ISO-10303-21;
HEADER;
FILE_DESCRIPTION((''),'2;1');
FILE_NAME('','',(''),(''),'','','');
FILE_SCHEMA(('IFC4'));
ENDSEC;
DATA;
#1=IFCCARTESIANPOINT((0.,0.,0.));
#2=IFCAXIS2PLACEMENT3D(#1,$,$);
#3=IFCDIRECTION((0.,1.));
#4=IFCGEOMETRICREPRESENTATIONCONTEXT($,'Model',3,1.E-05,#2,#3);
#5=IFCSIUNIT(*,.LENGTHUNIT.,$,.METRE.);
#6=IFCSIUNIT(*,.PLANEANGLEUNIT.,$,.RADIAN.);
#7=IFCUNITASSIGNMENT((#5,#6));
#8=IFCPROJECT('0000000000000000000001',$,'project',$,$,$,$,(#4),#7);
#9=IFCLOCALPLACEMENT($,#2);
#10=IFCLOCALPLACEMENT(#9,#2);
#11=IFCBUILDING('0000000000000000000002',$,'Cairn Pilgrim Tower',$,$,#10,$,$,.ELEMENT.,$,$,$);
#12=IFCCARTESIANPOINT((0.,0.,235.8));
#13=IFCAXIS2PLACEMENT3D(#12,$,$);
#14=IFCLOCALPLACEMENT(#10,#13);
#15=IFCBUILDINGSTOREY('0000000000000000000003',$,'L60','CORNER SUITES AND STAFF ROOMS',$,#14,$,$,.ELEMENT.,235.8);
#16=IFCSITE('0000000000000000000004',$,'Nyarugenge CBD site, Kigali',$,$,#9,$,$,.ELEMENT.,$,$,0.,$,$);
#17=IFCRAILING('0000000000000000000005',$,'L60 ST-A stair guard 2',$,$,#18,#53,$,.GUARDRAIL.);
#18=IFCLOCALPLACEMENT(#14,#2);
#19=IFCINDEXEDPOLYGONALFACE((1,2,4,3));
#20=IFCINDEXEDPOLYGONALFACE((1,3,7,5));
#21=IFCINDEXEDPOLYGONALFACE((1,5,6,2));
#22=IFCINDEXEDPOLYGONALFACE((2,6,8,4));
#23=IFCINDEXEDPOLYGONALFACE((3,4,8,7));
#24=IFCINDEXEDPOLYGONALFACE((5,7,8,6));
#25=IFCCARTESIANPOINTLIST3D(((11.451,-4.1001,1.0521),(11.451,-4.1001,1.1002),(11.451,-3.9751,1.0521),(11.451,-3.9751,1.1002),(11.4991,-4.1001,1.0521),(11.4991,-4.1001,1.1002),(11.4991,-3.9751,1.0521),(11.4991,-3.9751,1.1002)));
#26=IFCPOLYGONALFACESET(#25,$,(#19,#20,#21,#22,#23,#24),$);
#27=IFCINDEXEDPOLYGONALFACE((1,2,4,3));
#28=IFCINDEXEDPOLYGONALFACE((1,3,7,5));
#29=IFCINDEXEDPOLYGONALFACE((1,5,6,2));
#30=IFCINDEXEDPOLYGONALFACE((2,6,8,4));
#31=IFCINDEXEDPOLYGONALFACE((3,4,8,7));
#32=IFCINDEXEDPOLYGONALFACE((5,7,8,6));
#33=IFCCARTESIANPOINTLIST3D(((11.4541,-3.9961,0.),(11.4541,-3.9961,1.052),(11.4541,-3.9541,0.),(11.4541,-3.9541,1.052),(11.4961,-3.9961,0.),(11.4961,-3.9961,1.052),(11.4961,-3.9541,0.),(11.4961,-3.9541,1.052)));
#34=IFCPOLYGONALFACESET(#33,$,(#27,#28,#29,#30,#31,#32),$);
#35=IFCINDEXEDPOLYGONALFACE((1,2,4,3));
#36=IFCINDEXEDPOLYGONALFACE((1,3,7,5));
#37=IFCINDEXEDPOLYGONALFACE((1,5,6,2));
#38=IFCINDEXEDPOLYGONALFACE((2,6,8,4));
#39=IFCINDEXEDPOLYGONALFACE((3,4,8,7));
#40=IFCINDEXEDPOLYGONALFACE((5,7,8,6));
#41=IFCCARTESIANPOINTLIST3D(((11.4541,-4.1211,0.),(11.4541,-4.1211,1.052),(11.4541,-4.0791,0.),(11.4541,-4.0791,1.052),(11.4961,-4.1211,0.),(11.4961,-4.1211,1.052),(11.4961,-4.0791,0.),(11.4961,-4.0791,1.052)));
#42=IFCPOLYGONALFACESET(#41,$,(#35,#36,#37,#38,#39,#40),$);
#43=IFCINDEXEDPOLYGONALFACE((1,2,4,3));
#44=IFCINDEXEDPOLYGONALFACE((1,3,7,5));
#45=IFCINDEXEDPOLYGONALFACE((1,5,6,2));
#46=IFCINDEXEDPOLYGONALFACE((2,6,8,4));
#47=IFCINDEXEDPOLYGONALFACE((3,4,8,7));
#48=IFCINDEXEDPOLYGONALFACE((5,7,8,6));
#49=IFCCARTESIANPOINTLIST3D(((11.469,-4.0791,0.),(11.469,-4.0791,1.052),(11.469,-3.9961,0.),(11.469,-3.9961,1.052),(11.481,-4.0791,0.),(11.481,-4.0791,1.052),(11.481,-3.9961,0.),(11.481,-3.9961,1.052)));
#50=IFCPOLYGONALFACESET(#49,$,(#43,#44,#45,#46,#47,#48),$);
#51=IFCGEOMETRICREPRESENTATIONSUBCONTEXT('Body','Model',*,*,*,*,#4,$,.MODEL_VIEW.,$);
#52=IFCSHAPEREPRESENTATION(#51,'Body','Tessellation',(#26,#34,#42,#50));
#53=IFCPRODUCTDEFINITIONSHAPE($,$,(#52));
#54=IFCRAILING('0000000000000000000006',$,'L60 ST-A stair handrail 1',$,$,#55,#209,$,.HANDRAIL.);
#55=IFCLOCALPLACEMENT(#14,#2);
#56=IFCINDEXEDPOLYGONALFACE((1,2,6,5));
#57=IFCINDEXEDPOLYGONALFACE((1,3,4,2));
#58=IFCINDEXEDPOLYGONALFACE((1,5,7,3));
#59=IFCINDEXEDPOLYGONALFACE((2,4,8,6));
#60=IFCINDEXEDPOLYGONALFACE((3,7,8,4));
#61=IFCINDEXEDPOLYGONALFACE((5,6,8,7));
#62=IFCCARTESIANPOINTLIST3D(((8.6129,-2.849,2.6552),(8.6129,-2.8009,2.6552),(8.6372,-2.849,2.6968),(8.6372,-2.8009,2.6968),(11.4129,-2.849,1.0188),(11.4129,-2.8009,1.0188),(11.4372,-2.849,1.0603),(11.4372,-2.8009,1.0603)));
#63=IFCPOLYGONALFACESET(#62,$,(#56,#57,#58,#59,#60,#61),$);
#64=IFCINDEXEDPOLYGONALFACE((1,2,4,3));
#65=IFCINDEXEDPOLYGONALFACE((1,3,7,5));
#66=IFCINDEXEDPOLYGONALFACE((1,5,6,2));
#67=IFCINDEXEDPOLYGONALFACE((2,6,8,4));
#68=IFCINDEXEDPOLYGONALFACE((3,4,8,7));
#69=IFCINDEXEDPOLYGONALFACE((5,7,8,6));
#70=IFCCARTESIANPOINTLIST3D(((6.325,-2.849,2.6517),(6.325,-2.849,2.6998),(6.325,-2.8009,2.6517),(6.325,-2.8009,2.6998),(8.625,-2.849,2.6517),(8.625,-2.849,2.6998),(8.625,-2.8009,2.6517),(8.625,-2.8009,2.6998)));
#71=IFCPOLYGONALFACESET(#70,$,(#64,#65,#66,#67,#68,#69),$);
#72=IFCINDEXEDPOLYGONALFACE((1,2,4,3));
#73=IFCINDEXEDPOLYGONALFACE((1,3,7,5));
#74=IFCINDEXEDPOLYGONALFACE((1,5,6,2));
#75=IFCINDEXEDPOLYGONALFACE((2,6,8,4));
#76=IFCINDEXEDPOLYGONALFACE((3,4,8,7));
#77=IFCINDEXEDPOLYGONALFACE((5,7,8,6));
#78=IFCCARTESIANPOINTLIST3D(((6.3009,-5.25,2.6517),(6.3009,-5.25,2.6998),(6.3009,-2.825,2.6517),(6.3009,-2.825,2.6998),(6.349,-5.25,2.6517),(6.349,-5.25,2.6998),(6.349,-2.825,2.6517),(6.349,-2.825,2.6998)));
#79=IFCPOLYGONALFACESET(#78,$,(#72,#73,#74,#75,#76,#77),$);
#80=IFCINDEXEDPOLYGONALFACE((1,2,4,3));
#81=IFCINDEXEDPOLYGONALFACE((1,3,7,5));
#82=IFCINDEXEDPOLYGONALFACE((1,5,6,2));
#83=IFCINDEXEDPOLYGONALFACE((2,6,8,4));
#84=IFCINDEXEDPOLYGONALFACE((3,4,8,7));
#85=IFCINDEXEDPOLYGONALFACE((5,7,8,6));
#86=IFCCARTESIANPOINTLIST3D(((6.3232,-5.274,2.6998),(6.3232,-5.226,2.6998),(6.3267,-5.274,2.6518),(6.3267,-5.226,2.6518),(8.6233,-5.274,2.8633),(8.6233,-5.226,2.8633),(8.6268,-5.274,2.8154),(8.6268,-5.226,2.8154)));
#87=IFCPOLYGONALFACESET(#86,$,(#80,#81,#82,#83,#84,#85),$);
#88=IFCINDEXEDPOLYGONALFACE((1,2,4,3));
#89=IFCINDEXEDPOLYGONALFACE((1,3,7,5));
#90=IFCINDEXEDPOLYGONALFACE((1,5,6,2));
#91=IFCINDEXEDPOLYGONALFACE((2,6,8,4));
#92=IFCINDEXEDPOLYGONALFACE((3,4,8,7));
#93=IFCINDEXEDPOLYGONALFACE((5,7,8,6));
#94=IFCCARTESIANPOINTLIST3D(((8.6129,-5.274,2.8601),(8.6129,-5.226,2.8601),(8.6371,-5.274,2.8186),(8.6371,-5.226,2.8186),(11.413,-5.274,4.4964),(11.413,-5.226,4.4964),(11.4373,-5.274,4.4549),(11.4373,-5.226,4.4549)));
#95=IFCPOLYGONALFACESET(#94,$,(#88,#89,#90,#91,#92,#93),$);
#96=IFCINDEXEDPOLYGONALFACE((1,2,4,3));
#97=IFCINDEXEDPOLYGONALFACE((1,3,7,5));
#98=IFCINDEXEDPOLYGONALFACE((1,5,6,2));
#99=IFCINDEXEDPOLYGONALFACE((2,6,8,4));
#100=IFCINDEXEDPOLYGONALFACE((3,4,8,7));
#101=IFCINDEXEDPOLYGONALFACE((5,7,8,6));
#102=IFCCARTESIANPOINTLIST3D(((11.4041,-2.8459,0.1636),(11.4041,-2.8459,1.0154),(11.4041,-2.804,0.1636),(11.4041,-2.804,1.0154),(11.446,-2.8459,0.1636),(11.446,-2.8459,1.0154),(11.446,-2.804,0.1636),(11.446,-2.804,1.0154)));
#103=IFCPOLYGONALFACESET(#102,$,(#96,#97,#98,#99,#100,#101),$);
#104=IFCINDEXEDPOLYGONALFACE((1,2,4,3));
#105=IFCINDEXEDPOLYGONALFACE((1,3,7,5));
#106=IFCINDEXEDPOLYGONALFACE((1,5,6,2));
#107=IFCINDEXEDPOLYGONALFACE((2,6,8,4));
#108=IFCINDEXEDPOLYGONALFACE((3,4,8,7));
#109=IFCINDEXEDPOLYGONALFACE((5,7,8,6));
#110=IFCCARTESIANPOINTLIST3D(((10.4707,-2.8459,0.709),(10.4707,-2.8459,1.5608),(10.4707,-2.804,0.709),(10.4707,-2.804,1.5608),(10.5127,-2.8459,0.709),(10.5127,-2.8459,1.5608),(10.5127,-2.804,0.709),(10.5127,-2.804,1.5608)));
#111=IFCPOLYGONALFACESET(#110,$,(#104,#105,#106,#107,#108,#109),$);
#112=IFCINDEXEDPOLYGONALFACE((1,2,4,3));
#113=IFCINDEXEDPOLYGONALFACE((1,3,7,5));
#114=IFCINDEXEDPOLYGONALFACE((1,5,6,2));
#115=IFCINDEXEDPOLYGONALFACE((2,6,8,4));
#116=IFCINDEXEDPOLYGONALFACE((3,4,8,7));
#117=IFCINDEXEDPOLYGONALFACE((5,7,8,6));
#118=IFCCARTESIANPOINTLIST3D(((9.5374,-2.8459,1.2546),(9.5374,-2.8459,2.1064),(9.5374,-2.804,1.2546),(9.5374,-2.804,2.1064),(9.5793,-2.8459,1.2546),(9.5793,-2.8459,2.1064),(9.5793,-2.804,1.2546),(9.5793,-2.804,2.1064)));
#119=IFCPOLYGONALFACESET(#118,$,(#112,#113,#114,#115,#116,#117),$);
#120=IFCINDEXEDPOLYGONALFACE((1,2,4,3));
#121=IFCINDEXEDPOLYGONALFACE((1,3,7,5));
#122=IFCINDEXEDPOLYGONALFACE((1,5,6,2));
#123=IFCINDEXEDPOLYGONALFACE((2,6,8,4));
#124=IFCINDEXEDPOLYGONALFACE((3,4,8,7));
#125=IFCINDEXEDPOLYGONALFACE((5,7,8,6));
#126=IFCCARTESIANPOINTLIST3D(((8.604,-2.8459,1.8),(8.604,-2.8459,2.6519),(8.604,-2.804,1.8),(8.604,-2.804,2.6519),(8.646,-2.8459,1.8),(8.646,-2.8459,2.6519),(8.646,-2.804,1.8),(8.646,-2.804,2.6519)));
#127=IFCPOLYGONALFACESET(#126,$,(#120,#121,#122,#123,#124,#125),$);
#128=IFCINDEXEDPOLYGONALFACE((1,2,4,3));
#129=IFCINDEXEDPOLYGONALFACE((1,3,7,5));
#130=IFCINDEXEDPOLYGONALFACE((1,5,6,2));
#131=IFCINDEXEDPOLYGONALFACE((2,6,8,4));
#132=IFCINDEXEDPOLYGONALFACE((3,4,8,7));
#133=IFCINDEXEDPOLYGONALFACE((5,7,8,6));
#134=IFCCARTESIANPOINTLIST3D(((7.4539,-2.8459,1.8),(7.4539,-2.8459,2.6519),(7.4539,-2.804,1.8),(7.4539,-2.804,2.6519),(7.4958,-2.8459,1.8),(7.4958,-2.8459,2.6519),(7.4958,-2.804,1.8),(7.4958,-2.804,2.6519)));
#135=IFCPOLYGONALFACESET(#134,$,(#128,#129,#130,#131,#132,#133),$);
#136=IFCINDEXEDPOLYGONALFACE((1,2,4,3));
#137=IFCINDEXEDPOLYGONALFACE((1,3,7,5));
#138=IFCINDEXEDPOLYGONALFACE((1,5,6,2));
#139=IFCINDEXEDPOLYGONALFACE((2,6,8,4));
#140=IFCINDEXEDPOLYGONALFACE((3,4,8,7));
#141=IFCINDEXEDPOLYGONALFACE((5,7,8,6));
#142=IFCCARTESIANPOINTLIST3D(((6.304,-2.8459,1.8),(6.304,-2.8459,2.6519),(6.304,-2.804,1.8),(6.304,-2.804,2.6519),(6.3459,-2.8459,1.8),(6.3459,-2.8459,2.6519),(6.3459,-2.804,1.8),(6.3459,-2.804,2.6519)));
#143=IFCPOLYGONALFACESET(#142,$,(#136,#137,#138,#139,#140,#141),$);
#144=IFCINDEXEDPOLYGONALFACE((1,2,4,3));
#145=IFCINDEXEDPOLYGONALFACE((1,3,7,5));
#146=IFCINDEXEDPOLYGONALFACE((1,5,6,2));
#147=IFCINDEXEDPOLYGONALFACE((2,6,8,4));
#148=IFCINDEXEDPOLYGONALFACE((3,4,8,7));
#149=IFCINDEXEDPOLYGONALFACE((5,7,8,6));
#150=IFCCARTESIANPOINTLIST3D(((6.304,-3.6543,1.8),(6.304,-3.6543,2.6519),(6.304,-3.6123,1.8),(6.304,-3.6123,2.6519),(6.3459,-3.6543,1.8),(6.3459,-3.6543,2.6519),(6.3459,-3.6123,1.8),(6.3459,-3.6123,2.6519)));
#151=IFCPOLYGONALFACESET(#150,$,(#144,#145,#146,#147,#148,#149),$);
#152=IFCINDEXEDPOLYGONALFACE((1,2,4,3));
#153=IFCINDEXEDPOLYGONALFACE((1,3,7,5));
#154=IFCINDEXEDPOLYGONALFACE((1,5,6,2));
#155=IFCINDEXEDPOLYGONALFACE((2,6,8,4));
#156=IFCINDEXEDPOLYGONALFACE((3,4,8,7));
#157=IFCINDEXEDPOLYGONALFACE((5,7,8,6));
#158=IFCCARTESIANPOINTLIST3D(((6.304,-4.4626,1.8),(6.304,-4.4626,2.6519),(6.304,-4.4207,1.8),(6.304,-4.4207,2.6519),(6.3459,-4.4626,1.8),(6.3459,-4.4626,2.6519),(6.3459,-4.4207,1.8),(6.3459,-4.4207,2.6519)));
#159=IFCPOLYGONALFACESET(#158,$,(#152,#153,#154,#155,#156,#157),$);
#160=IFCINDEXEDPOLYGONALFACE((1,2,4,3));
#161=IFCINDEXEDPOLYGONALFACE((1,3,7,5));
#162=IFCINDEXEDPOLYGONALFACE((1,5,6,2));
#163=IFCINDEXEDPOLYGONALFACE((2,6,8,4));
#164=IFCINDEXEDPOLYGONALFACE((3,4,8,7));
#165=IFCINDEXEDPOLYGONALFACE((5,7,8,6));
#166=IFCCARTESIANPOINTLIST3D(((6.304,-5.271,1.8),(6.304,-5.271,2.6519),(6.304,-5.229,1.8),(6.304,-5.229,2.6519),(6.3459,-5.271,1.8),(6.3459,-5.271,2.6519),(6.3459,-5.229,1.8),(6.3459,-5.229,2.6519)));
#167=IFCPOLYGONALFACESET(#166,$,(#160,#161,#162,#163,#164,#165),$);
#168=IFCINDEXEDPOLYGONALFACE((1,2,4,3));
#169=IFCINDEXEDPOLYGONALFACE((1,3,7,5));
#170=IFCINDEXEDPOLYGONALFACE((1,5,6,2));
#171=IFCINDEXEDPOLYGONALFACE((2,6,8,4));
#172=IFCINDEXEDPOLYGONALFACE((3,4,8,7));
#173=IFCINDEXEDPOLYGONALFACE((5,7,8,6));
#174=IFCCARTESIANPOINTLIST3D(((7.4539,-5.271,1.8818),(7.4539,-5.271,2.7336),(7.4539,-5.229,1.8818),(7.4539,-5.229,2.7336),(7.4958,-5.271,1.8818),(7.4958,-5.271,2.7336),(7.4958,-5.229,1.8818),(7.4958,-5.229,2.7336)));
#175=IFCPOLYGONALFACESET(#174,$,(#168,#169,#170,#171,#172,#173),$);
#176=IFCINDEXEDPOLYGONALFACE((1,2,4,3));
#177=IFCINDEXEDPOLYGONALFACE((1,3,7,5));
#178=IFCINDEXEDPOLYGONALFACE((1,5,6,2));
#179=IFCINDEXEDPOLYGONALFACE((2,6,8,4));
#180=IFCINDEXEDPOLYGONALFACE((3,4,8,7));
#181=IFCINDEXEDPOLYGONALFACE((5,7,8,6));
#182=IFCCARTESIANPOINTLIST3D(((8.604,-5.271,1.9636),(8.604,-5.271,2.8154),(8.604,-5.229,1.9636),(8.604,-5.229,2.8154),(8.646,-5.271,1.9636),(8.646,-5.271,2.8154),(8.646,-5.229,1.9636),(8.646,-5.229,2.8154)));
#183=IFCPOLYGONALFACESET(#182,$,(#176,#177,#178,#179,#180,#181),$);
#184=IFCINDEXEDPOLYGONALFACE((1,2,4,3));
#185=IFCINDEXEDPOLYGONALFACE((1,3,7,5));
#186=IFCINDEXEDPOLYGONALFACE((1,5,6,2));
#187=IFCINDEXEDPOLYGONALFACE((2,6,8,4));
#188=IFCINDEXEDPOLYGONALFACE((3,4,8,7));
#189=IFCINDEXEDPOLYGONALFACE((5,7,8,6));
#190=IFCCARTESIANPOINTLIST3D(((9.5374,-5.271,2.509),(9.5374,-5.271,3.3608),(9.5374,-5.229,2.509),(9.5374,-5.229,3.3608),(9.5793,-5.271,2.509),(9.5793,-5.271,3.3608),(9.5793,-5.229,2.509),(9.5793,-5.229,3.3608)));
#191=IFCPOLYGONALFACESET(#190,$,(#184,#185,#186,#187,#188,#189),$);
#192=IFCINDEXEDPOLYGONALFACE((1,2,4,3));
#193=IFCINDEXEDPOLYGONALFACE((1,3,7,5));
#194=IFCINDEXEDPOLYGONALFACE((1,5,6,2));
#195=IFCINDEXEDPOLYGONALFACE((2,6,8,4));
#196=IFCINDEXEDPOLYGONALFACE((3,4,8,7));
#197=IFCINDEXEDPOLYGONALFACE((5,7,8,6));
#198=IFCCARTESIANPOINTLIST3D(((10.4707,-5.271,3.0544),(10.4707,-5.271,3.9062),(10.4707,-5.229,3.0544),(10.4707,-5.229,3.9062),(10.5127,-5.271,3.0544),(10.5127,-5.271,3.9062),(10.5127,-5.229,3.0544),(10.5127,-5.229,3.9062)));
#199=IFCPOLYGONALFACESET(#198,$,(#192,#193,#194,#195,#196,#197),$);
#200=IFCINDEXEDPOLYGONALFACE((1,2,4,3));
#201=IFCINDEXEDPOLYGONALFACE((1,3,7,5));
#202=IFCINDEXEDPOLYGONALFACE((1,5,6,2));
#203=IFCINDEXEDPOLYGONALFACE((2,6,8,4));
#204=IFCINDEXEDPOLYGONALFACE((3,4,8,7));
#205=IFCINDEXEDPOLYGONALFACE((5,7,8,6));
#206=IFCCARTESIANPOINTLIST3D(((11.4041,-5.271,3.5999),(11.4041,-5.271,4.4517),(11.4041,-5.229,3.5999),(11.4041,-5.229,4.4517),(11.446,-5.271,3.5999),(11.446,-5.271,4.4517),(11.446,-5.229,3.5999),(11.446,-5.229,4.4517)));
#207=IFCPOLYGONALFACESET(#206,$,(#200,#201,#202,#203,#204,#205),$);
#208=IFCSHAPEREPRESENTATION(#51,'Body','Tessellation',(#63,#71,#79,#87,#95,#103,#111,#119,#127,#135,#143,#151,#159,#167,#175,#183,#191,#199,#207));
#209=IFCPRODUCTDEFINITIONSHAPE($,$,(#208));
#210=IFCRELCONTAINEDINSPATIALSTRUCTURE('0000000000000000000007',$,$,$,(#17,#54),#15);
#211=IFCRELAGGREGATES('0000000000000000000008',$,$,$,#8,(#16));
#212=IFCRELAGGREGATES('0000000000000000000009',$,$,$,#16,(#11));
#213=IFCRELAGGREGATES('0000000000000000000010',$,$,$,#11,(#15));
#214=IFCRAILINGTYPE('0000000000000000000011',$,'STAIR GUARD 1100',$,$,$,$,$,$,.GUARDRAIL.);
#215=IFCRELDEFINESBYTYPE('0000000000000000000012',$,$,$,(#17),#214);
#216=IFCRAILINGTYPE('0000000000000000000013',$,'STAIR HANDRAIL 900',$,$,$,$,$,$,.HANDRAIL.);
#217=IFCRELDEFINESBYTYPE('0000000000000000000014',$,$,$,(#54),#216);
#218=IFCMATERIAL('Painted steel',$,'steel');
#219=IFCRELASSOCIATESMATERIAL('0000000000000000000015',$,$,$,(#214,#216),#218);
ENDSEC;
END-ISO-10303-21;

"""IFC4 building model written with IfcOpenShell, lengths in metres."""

from ifc_helpers import new_model, si_unit, direction, frame, origin, origin_2d, place, context, subcontext, project, spatial, polyline, rectangle, outline, extrude, material, type_object, element, save


model = new_model("IFC4")

# Units and contexts
model_context = context("Model", 3, precision=1e-05, world=origin(), true_north=direction((0.0, 1.0)))
body_context = subcontext(model_context, "Body", "Model", "MODEL_VIEW")
ifc_project = project(units=[si_unit("LENGTHUNIT", "METRE"), si_unit("PLANEANGLEUNIT", "RADIAN")], contexts=[model_context])

# Site, building, storey
site_placement = place(None, origin())
site = spatial("IfcSite", under=ifc_project, at=site_placement, Name="Nyarugenge CBD site, Kigali", CompositionType="ELEMENT", RefElevation=0.0)
building_placement = place(site_placement, origin())
building = spatial("IfcBuilding", under=site, at=building_placement, Name="Cairn Pilgrim Tower", CompositionType="ELEMENT")
storey_placement = place(building_placement, frame((0.0, 0.0, 235.8)))
storey = spatial("IfcBuildingStorey", under=building, at=storey_placement, Name="L60", Description="CORNER SUITES AND STAFF ROOMS", CompositionType="ELEMENT", Elevation=235.8)

# Shared definitions
ifc_material_1 = material(Name="Painted steel", Category="steel")

# Railings
railing_type_1 = type_object("IfcRailingType", Name="STAIR GUARD 1100", PredefinedType="GUARDRAIL", material=ifc_material_1)
railing_1_placement = place(storey_placement, frame((11.4751, -3.9751, 0.0)))
element("IfcRailing", 1, at=railing_1_placement, inside=storey, type_object=railing_type_1, Name="L60 ST-A stair guard 2", PredefinedType="GUARDRAIL", context=body_context, shape_type="SweptSolid", body=[
    extrude(rectangle(XDim=0.0481, YDim=0.0481, at=origin_2d()), frame((0.0, 0.0, 1.0762), z_axis=(0.0, -1.0, 0.0), x_axis=(1.0, 0.0, 0.0)), (0.0, 0.0, 1.0), 0.125),
    extrude(rectangle(XDim=0.042, YDim=0.042, at=origin_2d()), origin(), (0.0, 0.0, 1.0), 1.052),
    extrude(rectangle(XDim=0.042, YDim=0.042, at=origin_2d()), frame((0.0, -0.125, 0.0)), (0.0, 0.0, 1.0), 1.052),
    extrude(outline(polyline([(0.021, 0.0), (0.104, 0.0), (0.104, 1.052), (0.021, 1.052), (0.021, 0.0)])), frame((0.0059, 0.0, 0.0), z_axis=(-1.0, 0.0, 0.0), x_axis=(0.0, -1.0, 0.0)), (0.0, 0.0, 1.0), 0.012),
])
railing_type_2 = type_object("IfcRailingType", Name="STAIR HANDRAIL 900", PredefinedType="HANDRAIL", material=ifc_material_1)
railing_2_placement = place(storey_placement, frame((11.425, -2.825, 0.1636)))
element("IfcRailing", 2, at=railing_2_placement, inside=storey, type_object=railing_type_2, Name="L60 ST-A stair handrail 1", PredefinedType="HANDRAIL", context=body_context, shape_type="SweptSolid", body=[
    extrude(rectangle(XDim=0.0481, YDim=0.0481, at=origin_2d()), frame((0.0, 0.0, 0.876), z_axis=(-0.863361, 0.0, 0.504587), x_axis=(0.0, -1.0, 0.0)), (0.0, 0.0, 1.0), 3.2432),
    extrude(rectangle(XDim=0.0481, YDim=0.0481, at=origin_2d()), frame((-2.8, 0.0, 2.5122), z_axis=(-1.0, 0.0, 0.0), x_axis=(0.0, -1.0, 0.0)), (0.0, 0.0, 1.0), 2.3),
    extrude(rectangle(XDim=0.0481, YDim=0.0481, at=origin_2d()), frame((-5.1001, 0.0, 2.5122), z_axis=(0.0, -1.0, 0.0), x_axis=(1.0, 0.0, 0.0)), (0.0, 0.0, 1.0), 2.425),
    extrude(rectangle(XDim=0.0481, YDim=0.0481, at=origin_2d()), frame((-5.1001, -2.425, 2.5122), z_axis=(0.997481, 0.0, 0.070939), x_axis=(0.0, 1.0, 0.0)), (0.0, 0.0, 1.0), 2.3059),
    extrude(rectangle(XDim=0.0481, YDim=0.0481, at=origin_2d()), frame((-2.8, -2.425, 2.6758), z_axis=(0.863394, 0.0, 0.504531), x_axis=(0.0, 1.0, 0.0)), (0.0, 0.0, 1.0), 3.2432),
    extrude(rectangle(XDim=0.042, YDim=0.042, at=origin_2d()), origin(), (0.0, 0.0, 1.0), 0.8518),
    extrude(rectangle(XDim=0.042, YDim=0.042, at=origin_2d()), frame((-0.9333, 0.0, 0.5454)), (0.0, 0.0, 1.0), 0.8518),
    extrude(rectangle(XDim=0.042, YDim=0.042, at=origin_2d()), frame((-1.8667, 0.0, 1.0911)), (0.0, 0.0, 1.0), 0.8518),
    extrude(rectangle(XDim=0.042, YDim=0.042, at=origin_2d()), frame((-2.8, 0.0, 1.6365)), (0.0, 0.0, 1.0), 0.8518),
    extrude(rectangle(XDim=0.042, YDim=0.042, at=origin_2d()), frame((-3.9502, 0.0, 1.6365)), (0.0, 0.0, 1.0), 0.8518),
    extrude(rectangle(XDim=0.042, YDim=0.042, at=origin_2d()), frame((-5.1001, 0.0, 1.6365)), (0.0, 0.0, 1.0), 0.8518),
    extrude(rectangle(XDim=0.042, YDim=0.042, at=origin_2d()), frame((-5.1001, -0.8083, 1.6365)), (0.0, 0.0, 1.0), 0.8518),
    extrude(rectangle(XDim=0.042, YDim=0.042, at=origin_2d()), frame((-5.1001, -1.6167, 1.6365)), (0.0, 0.0, 1.0), 0.8518),
    extrude(rectangle(XDim=0.042, YDim=0.042, at=origin_2d()), frame((-5.1001, -2.425, 1.6365)), (0.0, 0.0, 1.0), 0.8518),
    extrude(rectangle(XDim=0.042, YDim=0.042, at=origin_2d()), frame((-3.9502, -2.425, 1.7183)), (0.0, 0.0, 1.0), 0.8518),
    extrude(rectangle(XDim=0.042, YDim=0.042, at=origin_2d()), frame((-2.8, -2.425, 1.8)), (0.0, 0.0, 1.0), 0.8518),
    extrude(rectangle(XDim=0.042, YDim=0.042, at=origin_2d()), frame((-1.8667, -2.425, 2.3455)), (0.0, 0.0, 1.0), 0.8518),
    extrude(rectangle(XDim=0.042, YDim=0.042, at=origin_2d()), frame((-0.9333, -2.425, 2.8909)), (0.0, 0.0, 1.0), 0.8518),
    extrude(rectangle(XDim=0.042, YDim=0.042, at=origin_2d()), frame((0.0, -2.425, 3.4363)), (0.0, 0.0, 1.0), 0.8518),
])

save(model, "model.ifc")
